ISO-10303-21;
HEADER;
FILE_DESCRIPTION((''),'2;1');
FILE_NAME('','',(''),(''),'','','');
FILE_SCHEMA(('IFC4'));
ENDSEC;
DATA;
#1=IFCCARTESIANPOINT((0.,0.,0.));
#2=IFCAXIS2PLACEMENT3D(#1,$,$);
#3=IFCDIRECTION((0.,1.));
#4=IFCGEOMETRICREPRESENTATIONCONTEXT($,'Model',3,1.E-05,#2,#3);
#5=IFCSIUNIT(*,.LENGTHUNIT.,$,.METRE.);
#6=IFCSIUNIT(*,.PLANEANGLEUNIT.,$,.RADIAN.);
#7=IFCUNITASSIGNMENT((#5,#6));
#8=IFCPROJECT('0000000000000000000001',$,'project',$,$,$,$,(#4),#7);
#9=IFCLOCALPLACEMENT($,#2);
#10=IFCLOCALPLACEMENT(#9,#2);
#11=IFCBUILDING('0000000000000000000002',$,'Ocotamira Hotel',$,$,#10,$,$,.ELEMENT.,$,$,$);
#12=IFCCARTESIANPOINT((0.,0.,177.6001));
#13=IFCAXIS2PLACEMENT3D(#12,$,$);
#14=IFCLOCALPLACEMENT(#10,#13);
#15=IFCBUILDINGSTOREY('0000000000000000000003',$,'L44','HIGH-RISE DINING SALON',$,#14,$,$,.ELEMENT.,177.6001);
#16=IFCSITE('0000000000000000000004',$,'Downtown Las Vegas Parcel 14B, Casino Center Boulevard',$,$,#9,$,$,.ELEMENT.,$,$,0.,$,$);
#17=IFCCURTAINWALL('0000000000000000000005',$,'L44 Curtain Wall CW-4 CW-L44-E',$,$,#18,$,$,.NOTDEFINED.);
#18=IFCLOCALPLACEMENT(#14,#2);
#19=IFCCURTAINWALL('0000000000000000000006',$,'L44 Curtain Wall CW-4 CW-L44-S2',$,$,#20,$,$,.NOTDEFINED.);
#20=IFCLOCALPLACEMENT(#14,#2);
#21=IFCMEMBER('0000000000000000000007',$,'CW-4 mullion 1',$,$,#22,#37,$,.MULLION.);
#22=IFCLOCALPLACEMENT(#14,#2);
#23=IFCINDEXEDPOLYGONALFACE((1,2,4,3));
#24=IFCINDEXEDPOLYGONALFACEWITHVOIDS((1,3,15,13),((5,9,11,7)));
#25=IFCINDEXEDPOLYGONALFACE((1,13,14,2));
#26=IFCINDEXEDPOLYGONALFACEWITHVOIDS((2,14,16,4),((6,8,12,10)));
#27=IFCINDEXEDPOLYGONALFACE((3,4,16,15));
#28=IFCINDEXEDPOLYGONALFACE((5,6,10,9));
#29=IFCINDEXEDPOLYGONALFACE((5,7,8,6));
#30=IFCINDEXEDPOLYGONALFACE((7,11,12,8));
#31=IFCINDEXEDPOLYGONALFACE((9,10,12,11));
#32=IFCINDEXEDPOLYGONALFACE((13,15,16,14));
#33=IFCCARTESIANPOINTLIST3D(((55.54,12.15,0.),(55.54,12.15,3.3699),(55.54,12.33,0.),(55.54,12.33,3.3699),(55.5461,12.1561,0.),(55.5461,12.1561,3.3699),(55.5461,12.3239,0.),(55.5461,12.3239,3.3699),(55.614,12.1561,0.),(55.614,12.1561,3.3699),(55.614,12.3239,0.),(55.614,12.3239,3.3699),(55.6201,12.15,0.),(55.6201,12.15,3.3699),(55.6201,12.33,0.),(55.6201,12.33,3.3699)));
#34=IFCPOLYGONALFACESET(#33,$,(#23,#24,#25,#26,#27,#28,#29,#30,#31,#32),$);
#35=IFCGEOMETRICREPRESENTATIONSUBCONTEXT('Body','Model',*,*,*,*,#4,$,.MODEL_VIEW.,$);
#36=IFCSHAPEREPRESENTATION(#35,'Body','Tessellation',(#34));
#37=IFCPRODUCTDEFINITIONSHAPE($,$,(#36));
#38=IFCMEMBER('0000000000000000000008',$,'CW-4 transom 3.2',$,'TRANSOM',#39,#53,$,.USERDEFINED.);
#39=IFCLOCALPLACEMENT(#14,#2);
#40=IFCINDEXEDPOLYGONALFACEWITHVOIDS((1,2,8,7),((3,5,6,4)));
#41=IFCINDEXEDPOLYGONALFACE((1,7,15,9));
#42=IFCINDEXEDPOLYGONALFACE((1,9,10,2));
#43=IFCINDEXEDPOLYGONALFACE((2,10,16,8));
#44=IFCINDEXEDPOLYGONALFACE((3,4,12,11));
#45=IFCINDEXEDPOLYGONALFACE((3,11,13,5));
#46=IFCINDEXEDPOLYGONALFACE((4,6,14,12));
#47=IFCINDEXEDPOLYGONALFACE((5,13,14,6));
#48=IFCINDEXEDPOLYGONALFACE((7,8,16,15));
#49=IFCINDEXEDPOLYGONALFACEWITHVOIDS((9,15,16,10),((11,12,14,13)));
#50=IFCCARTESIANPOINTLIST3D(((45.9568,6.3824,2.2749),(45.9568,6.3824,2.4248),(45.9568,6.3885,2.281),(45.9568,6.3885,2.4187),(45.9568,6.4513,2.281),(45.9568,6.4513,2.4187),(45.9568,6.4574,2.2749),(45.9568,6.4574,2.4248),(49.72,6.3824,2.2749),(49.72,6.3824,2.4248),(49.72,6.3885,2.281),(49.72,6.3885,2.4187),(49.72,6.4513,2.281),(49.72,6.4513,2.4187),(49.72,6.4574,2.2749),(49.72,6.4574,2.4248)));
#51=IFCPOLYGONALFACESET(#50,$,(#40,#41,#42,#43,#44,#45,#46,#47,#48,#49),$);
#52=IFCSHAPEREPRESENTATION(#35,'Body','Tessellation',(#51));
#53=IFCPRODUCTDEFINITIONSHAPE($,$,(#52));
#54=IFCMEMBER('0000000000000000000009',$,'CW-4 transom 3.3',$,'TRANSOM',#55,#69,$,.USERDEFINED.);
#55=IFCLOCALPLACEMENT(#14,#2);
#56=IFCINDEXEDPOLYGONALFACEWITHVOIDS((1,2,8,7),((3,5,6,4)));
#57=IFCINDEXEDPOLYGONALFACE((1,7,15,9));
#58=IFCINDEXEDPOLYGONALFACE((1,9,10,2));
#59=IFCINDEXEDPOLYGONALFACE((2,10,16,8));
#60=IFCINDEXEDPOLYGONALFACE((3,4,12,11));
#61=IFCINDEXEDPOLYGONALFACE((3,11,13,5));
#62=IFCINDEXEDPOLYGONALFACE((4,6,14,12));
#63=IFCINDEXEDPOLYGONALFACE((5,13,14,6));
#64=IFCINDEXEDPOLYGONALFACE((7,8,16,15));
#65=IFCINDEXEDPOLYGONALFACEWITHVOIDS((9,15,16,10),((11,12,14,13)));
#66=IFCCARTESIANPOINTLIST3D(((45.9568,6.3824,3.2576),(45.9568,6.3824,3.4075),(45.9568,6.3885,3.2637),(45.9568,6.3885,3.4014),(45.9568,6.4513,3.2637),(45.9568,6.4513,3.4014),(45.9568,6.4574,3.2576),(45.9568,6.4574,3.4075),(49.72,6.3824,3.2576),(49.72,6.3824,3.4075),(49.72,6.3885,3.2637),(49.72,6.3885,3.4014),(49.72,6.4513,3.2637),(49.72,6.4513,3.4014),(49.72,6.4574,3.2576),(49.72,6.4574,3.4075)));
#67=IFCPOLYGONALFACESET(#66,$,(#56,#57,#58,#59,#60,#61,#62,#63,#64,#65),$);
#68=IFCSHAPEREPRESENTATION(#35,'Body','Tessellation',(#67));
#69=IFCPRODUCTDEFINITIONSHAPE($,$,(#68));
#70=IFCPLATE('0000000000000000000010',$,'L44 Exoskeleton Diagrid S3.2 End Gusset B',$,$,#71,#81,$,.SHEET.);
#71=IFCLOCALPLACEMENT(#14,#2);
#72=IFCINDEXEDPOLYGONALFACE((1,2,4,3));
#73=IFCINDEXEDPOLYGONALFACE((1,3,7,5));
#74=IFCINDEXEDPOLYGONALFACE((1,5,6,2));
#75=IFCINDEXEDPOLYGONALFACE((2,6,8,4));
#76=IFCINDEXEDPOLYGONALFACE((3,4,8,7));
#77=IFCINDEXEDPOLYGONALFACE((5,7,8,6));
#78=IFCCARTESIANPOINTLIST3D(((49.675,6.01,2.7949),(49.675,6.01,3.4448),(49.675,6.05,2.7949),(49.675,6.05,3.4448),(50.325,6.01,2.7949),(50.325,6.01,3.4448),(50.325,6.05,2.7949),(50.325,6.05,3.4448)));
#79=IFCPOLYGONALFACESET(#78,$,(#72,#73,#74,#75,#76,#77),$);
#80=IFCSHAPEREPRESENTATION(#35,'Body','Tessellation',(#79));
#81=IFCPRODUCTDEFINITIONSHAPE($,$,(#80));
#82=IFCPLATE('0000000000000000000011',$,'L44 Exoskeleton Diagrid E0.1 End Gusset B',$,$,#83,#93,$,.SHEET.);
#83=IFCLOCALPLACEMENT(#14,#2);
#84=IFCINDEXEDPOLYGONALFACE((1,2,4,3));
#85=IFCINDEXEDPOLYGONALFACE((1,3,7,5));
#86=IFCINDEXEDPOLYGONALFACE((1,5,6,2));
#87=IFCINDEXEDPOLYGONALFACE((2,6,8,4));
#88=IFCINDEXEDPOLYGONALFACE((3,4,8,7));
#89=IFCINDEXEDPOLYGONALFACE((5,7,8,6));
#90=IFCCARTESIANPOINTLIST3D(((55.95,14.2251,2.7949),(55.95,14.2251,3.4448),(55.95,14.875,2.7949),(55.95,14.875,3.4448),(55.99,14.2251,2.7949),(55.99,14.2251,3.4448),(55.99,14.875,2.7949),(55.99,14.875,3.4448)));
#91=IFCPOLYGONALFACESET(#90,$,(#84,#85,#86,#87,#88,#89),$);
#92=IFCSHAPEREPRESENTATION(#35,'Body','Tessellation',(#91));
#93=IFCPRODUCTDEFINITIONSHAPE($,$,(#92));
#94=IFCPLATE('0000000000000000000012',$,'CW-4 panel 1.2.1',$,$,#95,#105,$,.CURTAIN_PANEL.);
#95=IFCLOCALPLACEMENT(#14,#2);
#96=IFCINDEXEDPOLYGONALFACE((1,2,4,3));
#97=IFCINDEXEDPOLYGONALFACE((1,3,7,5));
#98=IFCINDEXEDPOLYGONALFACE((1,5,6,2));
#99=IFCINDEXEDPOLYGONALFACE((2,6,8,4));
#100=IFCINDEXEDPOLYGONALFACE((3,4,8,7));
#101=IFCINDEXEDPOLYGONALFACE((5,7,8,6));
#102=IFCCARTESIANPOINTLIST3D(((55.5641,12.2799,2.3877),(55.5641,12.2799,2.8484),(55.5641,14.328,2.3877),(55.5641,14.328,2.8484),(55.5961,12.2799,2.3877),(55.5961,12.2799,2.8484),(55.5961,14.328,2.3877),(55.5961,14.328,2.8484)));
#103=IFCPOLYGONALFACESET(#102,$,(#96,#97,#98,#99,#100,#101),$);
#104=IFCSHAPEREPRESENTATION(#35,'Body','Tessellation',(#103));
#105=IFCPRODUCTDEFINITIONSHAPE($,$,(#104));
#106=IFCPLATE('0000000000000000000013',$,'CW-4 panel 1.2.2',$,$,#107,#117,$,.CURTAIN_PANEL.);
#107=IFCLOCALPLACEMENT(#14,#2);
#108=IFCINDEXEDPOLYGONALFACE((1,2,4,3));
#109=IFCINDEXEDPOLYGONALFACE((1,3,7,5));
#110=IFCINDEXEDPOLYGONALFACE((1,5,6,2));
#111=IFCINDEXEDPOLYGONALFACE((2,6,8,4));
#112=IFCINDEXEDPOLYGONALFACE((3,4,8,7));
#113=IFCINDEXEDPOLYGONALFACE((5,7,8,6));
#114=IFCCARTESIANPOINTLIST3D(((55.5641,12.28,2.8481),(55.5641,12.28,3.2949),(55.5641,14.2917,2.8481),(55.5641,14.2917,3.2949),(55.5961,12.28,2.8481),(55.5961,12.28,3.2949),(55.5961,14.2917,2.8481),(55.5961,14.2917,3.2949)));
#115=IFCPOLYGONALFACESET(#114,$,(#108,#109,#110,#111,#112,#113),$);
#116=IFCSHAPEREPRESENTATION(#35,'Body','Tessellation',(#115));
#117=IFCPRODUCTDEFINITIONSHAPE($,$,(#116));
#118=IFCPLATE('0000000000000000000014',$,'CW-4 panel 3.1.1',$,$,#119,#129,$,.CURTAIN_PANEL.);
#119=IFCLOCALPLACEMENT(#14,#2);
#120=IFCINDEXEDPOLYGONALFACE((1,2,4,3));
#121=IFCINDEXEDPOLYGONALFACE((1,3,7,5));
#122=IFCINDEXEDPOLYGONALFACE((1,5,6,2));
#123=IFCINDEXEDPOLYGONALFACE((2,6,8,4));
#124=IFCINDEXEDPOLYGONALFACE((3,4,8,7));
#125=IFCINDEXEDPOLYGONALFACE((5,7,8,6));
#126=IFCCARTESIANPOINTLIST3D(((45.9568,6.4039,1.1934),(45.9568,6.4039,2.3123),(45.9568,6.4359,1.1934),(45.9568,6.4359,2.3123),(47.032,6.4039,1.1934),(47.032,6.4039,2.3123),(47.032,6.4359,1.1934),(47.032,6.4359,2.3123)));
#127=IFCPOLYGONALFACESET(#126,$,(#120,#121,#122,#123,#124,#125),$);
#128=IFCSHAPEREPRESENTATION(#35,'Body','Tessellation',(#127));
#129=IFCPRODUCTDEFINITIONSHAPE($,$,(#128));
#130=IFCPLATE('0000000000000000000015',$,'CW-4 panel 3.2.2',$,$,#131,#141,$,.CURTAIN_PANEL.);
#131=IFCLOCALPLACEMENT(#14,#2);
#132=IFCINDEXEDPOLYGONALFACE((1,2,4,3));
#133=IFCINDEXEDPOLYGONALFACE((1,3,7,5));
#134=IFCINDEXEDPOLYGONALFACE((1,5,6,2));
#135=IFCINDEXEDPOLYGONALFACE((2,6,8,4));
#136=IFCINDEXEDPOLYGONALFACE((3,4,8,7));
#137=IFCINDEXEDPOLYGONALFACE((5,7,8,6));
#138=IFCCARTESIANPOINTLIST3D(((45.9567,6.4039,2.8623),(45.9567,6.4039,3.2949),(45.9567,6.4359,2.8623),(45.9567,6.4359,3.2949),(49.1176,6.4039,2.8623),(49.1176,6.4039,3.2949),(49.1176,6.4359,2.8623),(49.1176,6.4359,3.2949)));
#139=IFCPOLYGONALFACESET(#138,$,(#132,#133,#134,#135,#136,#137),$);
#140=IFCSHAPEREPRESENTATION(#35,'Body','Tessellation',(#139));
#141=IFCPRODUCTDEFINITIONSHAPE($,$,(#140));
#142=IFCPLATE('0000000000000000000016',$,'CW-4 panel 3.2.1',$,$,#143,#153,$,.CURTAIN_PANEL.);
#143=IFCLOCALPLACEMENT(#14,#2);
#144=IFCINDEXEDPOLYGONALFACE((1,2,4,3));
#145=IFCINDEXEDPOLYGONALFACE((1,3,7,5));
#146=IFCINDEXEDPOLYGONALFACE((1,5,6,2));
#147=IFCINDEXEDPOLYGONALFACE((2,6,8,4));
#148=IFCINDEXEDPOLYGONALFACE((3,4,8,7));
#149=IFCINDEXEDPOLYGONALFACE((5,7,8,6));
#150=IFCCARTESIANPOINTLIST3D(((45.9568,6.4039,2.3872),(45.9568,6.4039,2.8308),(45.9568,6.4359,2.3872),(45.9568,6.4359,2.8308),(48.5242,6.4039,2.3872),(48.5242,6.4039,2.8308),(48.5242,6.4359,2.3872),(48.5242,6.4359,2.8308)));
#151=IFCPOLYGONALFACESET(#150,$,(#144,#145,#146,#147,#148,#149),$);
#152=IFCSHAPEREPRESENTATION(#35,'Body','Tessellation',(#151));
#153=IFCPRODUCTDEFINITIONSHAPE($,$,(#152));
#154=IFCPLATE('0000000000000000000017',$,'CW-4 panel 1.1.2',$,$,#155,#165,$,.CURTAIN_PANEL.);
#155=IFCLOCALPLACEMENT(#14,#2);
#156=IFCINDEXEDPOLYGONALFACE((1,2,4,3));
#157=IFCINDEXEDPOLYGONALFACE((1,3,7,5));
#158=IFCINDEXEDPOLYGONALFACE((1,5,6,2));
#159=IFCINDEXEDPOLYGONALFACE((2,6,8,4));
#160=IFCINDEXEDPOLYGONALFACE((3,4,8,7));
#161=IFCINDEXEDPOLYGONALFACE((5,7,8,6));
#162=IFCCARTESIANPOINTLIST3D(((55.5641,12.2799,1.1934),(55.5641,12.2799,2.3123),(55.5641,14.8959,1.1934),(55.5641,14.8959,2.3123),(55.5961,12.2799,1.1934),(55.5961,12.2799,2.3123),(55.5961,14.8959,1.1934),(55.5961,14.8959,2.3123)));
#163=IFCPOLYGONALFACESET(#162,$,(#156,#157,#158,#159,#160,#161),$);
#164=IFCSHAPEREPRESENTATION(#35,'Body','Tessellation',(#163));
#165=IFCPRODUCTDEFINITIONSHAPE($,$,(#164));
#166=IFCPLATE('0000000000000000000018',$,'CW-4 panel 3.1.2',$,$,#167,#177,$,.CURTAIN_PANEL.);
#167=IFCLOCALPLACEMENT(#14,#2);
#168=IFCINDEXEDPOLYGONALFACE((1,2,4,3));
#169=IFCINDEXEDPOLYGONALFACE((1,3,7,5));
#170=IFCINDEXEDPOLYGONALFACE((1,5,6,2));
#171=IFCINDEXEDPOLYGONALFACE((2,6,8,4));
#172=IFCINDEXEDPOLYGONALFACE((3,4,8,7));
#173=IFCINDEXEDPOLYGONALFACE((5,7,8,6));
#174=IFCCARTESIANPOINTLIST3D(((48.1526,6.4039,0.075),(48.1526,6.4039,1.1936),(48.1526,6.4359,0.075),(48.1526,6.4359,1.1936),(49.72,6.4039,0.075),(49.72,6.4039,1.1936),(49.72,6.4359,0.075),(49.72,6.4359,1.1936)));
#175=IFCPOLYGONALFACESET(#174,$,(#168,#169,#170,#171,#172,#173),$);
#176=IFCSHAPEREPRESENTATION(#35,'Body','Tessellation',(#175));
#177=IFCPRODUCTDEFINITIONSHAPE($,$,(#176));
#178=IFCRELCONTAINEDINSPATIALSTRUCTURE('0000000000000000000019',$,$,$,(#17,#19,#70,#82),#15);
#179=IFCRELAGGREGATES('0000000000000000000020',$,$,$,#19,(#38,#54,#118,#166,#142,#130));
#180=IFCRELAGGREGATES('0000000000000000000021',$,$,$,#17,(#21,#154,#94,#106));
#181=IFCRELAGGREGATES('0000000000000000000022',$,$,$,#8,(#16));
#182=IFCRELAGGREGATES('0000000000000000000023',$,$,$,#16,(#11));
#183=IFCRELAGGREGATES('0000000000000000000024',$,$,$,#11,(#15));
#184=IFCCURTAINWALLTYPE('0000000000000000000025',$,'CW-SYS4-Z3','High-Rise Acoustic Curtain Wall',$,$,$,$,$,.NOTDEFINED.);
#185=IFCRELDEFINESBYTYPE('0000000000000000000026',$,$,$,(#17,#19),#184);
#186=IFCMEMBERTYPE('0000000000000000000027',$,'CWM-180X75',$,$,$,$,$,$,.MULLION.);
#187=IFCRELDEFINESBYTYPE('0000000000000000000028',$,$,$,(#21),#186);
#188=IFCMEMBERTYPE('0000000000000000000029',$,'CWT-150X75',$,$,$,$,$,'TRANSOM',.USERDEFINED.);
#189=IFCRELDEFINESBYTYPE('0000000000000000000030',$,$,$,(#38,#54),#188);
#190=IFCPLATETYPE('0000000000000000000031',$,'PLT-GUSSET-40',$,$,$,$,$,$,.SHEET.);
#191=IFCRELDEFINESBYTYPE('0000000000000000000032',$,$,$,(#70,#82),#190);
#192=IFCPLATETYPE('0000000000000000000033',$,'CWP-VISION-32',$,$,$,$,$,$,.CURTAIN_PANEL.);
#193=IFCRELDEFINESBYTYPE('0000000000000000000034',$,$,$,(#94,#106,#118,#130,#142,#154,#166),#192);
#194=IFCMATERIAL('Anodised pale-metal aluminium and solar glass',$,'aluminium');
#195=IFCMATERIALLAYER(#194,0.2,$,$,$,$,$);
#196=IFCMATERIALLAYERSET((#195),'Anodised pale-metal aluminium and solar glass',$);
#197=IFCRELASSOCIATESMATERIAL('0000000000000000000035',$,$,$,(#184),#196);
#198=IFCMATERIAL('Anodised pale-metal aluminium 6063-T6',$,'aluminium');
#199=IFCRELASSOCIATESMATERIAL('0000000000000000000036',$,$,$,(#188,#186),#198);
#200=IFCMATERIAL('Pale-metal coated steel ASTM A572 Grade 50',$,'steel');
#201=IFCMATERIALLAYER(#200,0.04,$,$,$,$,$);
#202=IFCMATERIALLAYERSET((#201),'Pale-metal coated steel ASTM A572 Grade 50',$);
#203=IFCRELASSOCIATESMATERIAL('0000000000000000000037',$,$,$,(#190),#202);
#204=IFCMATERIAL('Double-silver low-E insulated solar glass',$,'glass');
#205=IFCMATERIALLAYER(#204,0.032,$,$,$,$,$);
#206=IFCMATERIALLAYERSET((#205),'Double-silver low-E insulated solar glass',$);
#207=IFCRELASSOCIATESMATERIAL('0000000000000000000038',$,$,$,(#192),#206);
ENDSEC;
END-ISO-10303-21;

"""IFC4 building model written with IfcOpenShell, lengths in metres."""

from ifc_helpers import new_model, si_unit, direction, frame, origin, origin_2d, place, context, subcontext, project, spatial, rectangle, hollow_rectangle, extrude, source, transform, mapped, material, layer, layer_set, material_profile, profile_set, type_object, element, aggregate, save


model = new_model("IFC4")

# Units and contexts
model_context = context("Model", 3, precision=1e-05, world=origin(), true_north=direction((0.0, 1.0)))
body_context = subcontext(model_context, "Body", "Model", "MODEL_VIEW")
ifc_project = project(units=[si_unit("LENGTHUNIT", "METRE"), si_unit("PLANEANGLEUNIT", "RADIAN")], contexts=[model_context])

# Site, building, storey
site_placement = place(None, origin())
site = spatial("IfcSite", under=ifc_project, at=site_placement, Name="Downtown Las Vegas Parcel 14B, Casino Center Boulevard", CompositionType="ELEMENT", RefElevation=0.0)
building_placement = place(site_placement, origin())
building = spatial("IfcBuilding", under=site, at=building_placement, Name="Ocotamira Hotel", CompositionType="ELEMENT")
storey_placement = place(building_placement, frame((0.0, 0.0, 177.6001)))
storey = spatial("IfcBuildingStorey", under=building, at=storey_placement, Name="L44", Description="HIGH-RISE DINING SALON", CompositionType="ELEMENT", Elevation=177.6001)

# Curtain wall
ifc_material_1 = material(Name="Anodised pale-metal aluminium and solar glass", Category="aluminium")
ifc_layer_1 = layer(ifc_material_1, 0.2)
ifc_layer_set_1 = layer_set([ifc_layer_1], Name="Anodised pale-metal aluminium and solar glass")
curtain_wall_type = type_object("IfcCurtainWallType", Name="CW-SYS4-Z3", Description="High-Rise Acoustic Curtain Wall", PredefinedType="NOTDEFINED", material=ifc_layer_set_1)
curtain_wall_1_placement = place(storey_placement, origin())
curtain_wall_1 = element("IfcCurtainWall", 1, at=curtain_wall_1_placement, inside=storey, type_object=curtain_wall_type, Name="L44 Curtain Wall CW-4 CW-L44-E", PredefinedType="NOTDEFINED")
ifc_material_2 = material(Name="Anodised pale-metal aluminium 6063-T6", Category="aluminium")
ifc_material_profile_1 = material_profile(ifc_material_2, hollow_rectangle(XDim=0.075, YDim=0.1499, WallThickness=0.0061, at=origin_2d()), Name="HSS150X75X6")
ifc_profile_set_1 = profile_set([ifc_material_profile_1], Name="Anodised pale-metal aluminium 6063-T6")
member_type_1 = type_object("IfcMemberType", Name="CWT-150X75", ElementType="TRANSOM", PredefinedType="USERDEFINED", material=ifc_profile_set_1)

# Curtain wall
curtain_wall_2_placement = place(storey_placement, origin())
curtain_wall_2 = element("IfcCurtainWall", 2, at=curtain_wall_2_placement, inside=storey, type_object=curtain_wall_type, Name="L44 Curtain Wall CW-4 CW-L44-S2", PredefinedType="NOTDEFINED")
ifc_material_profile_2 = material_profile(ifc_material_2, hollow_rectangle(XDim=0.0801, YDim=0.1799, WallThickness=0.0061, at=origin_2d()), Name="HSS180X80X6")
ifc_profile_set_2 = profile_set([ifc_material_profile_2], Name="Anodised pale-metal aluminium 6063-T6")
member_type_2 = type_object("IfcMemberType", Name="CWM-180X75", PredefinedType="MULLION", material=ifc_profile_set_2)
shared_shape_1 = source(origin(), body_context, "Body", "SweptSolid", [
    extrude(hollow_rectangle(XDim=0.0801, YDim=0.1799, WallThickness=0.0061, at=origin_2d()), origin(), (0.0, 0.0, 1.0), 3.3699),
])

# Members
member_1_placement = place(storey_placement, frame((55.5801, 12.24, 0.0), z_axis=(0.0, 0.0, 1.0), x_axis=(-1.0, 0.0, 0.0)))
member_1 = element("IfcMember", 3, at=member_1_placement, type_object=member_type_2, Name="CW-4 mullion 1", PredefinedType="MULLION", context=body_context, shape_type="MappedRepresentation", body=[
    mapped(shared_shape_1, transform((0.0, 0.0, 0.0), scale=1.0)),
])
shared_shape_2 = source(origin(), body_context, "Body", "SweptSolid", [
    extrude(hollow_rectangle(XDim=0.075, YDim=0.1499, WallThickness=0.0061, at=origin_2d()), origin(), (0.0, 0.0, 1.0), 3.7632),
])
member_2_placement = place(storey_placement, frame((45.9568, 6.4199, 2.3499), z_axis=(1.0, 0.0, 0.0), x_axis=(0.0, 1.0, 0.0)))
member_2 = element("IfcMember", 4, at=member_2_placement, type_object=member_type_1, Name="CW-4 transom 3.2", ObjectType="TRANSOM", PredefinedType="USERDEFINED", context=body_context, shape_type="MappedRepresentation", body=[
    mapped(shared_shape_2, transform((0.0, 0.0, 0.0), scale=1.0)),
])
member_3_placement = place(storey_placement, frame((45.9568, 6.4199, 3.3325), z_axis=(1.0, 0.0, 0.0), x_axis=(0.0, 1.0, 0.0)))
member_3 = element("IfcMember", 5, at=member_3_placement, type_object=member_type_1, Name="CW-4 transom 3.3", ObjectType="TRANSOM", PredefinedType="USERDEFINED", context=body_context, shape_type="MappedRepresentation", body=[
    mapped(shared_shape_2, transform((0.0, 0.0, 0.0), scale=1.0)),
])

# Plates
ifc_material_3 = material(Name="Pale-metal coated steel ASTM A572 Grade 50", Category="steel")
ifc_layer_2 = layer(ifc_material_3, 0.04)
ifc_layer_set_2 = layer_set([ifc_layer_2], Name="Pale-metal coated steel ASTM A572 Grade 50")
plate_type_1 = type_object("IfcPlateType", Name="PLT-GUSSET-40", PredefinedType="SHEET", material=ifc_layer_set_2)
shared_shape_3 = source(origin(), body_context, "Body", "SweptSolid", [
    extrude(rectangle(XDim=0.6499, YDim=0.04, at=origin_2d()), origin(), (0.0, 0.0, 1.0), 0.6499),
])
plate_1_placement = place(storey_placement, frame((50.0, 6.03, 2.7949), z_axis=(0.0, 0.0, 1.0), x_axis=(1.0, 0.0, 0.0)))
element("IfcPlate", 6, at=plate_1_placement, inside=storey, type_object=plate_type_1, Name="L44 Exoskeleton Diagrid S3.2 End Gusset B", PredefinedType="SHEET", context=body_context, shape_type="MappedRepresentation", body=[
    mapped(shared_shape_3, transform((0.0, 0.0, 0.0), scale=1.0)),
])
shared_shape_4 = source(origin(), body_context, "Body", "SweptSolid", [
    extrude(rectangle(XDim=0.04, YDim=0.6499, at=origin_2d()), origin(), (0.0, 0.0, 1.0), 0.6499),
])
plate_2_placement = place(storey_placement, frame((55.97, 14.55, 2.7949), z_axis=(0.0, 0.0, 1.0), x_axis=(1.0, 0.0, 0.0)))
element("IfcPlate", 7, at=plate_2_placement, inside=storey, type_object=plate_type_1, Name="L44 Exoskeleton Diagrid E0.1 End Gusset B", PredefinedType="SHEET", context=body_context, shape_type="MappedRepresentation", body=[
    mapped(shared_shape_4, transform((0.0, 0.0, 0.0), scale=1.0)),
])

# Plates
ifc_material_4 = material(Name="Double-silver low-E insulated solar glass", Category="glass")
ifc_layer_3 = layer(ifc_material_4, 0.032)
ifc_layer_set_3 = layer_set([ifc_layer_3], Name="Double-silver low-E insulated solar glass")
plate_type_2 = type_object("IfcPlateType", Name="CWP-VISION-32", PredefinedType="CURTAIN_PANEL", material=ifc_layer_set_3)
shared_shape_5 = source(origin(), body_context, "Body", "SweptSolid", [
    extrude(rectangle(XDim=2.0481, YDim=0.032, at=origin_2d()), origin(), (0.0, 0.0, 1.0), 0.4607),
])
plate_3_placement = place(storey_placement, frame((55.5801, 13.304, 2.3877), z_axis=(0.0, 0.0, 1.0), x_axis=(0.0, 1.0, 0.0)))
plate_3 = element("IfcPlate", 8, at=plate_3_placement, type_object=plate_type_2, Name="CW-4 panel 1.2.1", PredefinedType="CURTAIN_PANEL", context=body_context, shape_type="MappedRepresentation", body=[
    mapped(shared_shape_5, transform((0.0, 0.0, 0.0), scale=1.0)),
])
shared_shape_6 = source(origin(), body_context, "Body", "SweptSolid", [
    extrude(rectangle(XDim=2.0117, YDim=0.032, at=origin_2d()), origin(), (0.0, 0.0, 1.0), 0.4468),
])
plate_4_placement = place(storey_placement, frame((55.5801, 13.2859, 2.8481), z_axis=(0.0, 0.0, 1.0), x_axis=(0.0, 1.0, 0.0)))
plate_4 = element("IfcPlate", 9, at=plate_4_placement, type_object=plate_type_2, Name="CW-4 panel 1.2.2", PredefinedType="CURTAIN_PANEL", context=body_context, shape_type="MappedRepresentation", body=[
    mapped(shared_shape_6, transform((0.0, 0.0, 0.0), scale=1.0)),
])
shared_shape_7 = source(origin(), body_context, "Body", "SweptSolid", [
    extrude(rectangle(XDim=1.0752, YDim=0.032, at=origin_2d()), origin(), (0.0, 0.0, 1.0), 1.1189),
])
plate_5_placement = place(storey_placement, frame((46.4944, 6.4199, 1.1934), z_axis=(0.0, 0.0, 1.0), x_axis=(1.0, 0.0, 0.0)))
plate_5 = element("IfcPlate", 10, at=plate_5_placement, type_object=plate_type_2, Name="CW-4 panel 3.1.1", PredefinedType="CURTAIN_PANEL", context=body_context, shape_type="MappedRepresentation", body=[
    mapped(shared_shape_7, transform((0.0, 0.0, 0.0), scale=1.0)),
])
shared_shape_8 = source(origin(), body_context, "Body", "SweptSolid", [
    extrude(rectangle(XDim=3.1609, YDim=0.032, at=origin_2d()), origin(), (0.0, 0.0, 1.0), 0.4326),
])
plate_6_placement = place(storey_placement, frame((47.5371, 6.4199, 2.8623), z_axis=(0.0, 0.0, 1.0), x_axis=(1.0, 0.0, 0.0)))
plate_6 = element("IfcPlate", 11, at=plate_6_placement, type_object=plate_type_2, Name="CW-4 panel 3.2.2", PredefinedType="CURTAIN_PANEL", context=body_context, shape_type="MappedRepresentation", body=[
    mapped(shared_shape_8, transform((0.0, 0.0, 0.0), scale=1.0)),
])
shared_shape_9 = source(origin(), body_context, "Body", "SweptSolid", [
    extrude(rectangle(XDim=2.5674, YDim=0.032, at=origin_2d()), origin(), (0.0, 0.0, 1.0), 0.4436),
])
plate_7_placement = place(storey_placement, frame((47.2405, 6.4199, 2.3872), z_axis=(0.0, 0.0, 1.0), x_axis=(1.0, 0.0, 0.0)))
plate_7 = element("IfcPlate", 12, at=plate_7_placement, type_object=plate_type_2, Name="CW-4 panel 3.2.1", PredefinedType="CURTAIN_PANEL", context=body_context, shape_type="MappedRepresentation", body=[
    mapped(shared_shape_9, transform((0.0, 0.0, 0.0), scale=1.0)),
])
shared_shape_10 = source(origin(), body_context, "Body", "SweptSolid", [
    extrude(rectangle(XDim=2.616, YDim=0.032, at=origin_2d()), origin(), (0.0, 0.0, 1.0), 1.1189),
])
plate_8_placement = place(storey_placement, frame((55.5801, 13.5879, 1.1934), z_axis=(0.0, 0.0, 1.0), x_axis=(0.0, 1.0, 0.0)))
plate_8 = element("IfcPlate", 13, at=plate_8_placement, type_object=plate_type_2, Name="CW-4 panel 1.1.2", PredefinedType="CURTAIN_PANEL", context=body_context, shape_type="MappedRepresentation", body=[
    mapped(shared_shape_10, transform((0.0, 0.0, 0.0), scale=1.0)),
])
shared_shape_11 = source(origin(), body_context, "Body", "SweptSolid", [
    extrude(rectangle(XDim=1.5674, YDim=0.032, at=origin_2d()), origin(), (0.0, 0.0, 1.0), 1.1187),
])
plate_9_placement = place(storey_placement, frame((48.9363, 6.4199, 0.075), z_axis=(0.0, 0.0, 1.0), x_axis=(1.0, 0.0, 0.0)))
plate_9 = element("IfcPlate", 14, at=plate_9_placement, type_object=plate_type_2, Name="CW-4 panel 3.1.2", PredefinedType="CURTAIN_PANEL", context=body_context, shape_type="MappedRepresentation", body=[
    mapped(shared_shape_11, transform((0.0, 0.0, 0.0), scale=1.0)),
])
aggregate(curtain_wall_2, [member_2, member_3, plate_5, plate_9, plate_7, plate_6])
aggregate(curtain_wall_1, [member_1, plate_8, plate_3, plate_4])

save(model, "model.ifc")
